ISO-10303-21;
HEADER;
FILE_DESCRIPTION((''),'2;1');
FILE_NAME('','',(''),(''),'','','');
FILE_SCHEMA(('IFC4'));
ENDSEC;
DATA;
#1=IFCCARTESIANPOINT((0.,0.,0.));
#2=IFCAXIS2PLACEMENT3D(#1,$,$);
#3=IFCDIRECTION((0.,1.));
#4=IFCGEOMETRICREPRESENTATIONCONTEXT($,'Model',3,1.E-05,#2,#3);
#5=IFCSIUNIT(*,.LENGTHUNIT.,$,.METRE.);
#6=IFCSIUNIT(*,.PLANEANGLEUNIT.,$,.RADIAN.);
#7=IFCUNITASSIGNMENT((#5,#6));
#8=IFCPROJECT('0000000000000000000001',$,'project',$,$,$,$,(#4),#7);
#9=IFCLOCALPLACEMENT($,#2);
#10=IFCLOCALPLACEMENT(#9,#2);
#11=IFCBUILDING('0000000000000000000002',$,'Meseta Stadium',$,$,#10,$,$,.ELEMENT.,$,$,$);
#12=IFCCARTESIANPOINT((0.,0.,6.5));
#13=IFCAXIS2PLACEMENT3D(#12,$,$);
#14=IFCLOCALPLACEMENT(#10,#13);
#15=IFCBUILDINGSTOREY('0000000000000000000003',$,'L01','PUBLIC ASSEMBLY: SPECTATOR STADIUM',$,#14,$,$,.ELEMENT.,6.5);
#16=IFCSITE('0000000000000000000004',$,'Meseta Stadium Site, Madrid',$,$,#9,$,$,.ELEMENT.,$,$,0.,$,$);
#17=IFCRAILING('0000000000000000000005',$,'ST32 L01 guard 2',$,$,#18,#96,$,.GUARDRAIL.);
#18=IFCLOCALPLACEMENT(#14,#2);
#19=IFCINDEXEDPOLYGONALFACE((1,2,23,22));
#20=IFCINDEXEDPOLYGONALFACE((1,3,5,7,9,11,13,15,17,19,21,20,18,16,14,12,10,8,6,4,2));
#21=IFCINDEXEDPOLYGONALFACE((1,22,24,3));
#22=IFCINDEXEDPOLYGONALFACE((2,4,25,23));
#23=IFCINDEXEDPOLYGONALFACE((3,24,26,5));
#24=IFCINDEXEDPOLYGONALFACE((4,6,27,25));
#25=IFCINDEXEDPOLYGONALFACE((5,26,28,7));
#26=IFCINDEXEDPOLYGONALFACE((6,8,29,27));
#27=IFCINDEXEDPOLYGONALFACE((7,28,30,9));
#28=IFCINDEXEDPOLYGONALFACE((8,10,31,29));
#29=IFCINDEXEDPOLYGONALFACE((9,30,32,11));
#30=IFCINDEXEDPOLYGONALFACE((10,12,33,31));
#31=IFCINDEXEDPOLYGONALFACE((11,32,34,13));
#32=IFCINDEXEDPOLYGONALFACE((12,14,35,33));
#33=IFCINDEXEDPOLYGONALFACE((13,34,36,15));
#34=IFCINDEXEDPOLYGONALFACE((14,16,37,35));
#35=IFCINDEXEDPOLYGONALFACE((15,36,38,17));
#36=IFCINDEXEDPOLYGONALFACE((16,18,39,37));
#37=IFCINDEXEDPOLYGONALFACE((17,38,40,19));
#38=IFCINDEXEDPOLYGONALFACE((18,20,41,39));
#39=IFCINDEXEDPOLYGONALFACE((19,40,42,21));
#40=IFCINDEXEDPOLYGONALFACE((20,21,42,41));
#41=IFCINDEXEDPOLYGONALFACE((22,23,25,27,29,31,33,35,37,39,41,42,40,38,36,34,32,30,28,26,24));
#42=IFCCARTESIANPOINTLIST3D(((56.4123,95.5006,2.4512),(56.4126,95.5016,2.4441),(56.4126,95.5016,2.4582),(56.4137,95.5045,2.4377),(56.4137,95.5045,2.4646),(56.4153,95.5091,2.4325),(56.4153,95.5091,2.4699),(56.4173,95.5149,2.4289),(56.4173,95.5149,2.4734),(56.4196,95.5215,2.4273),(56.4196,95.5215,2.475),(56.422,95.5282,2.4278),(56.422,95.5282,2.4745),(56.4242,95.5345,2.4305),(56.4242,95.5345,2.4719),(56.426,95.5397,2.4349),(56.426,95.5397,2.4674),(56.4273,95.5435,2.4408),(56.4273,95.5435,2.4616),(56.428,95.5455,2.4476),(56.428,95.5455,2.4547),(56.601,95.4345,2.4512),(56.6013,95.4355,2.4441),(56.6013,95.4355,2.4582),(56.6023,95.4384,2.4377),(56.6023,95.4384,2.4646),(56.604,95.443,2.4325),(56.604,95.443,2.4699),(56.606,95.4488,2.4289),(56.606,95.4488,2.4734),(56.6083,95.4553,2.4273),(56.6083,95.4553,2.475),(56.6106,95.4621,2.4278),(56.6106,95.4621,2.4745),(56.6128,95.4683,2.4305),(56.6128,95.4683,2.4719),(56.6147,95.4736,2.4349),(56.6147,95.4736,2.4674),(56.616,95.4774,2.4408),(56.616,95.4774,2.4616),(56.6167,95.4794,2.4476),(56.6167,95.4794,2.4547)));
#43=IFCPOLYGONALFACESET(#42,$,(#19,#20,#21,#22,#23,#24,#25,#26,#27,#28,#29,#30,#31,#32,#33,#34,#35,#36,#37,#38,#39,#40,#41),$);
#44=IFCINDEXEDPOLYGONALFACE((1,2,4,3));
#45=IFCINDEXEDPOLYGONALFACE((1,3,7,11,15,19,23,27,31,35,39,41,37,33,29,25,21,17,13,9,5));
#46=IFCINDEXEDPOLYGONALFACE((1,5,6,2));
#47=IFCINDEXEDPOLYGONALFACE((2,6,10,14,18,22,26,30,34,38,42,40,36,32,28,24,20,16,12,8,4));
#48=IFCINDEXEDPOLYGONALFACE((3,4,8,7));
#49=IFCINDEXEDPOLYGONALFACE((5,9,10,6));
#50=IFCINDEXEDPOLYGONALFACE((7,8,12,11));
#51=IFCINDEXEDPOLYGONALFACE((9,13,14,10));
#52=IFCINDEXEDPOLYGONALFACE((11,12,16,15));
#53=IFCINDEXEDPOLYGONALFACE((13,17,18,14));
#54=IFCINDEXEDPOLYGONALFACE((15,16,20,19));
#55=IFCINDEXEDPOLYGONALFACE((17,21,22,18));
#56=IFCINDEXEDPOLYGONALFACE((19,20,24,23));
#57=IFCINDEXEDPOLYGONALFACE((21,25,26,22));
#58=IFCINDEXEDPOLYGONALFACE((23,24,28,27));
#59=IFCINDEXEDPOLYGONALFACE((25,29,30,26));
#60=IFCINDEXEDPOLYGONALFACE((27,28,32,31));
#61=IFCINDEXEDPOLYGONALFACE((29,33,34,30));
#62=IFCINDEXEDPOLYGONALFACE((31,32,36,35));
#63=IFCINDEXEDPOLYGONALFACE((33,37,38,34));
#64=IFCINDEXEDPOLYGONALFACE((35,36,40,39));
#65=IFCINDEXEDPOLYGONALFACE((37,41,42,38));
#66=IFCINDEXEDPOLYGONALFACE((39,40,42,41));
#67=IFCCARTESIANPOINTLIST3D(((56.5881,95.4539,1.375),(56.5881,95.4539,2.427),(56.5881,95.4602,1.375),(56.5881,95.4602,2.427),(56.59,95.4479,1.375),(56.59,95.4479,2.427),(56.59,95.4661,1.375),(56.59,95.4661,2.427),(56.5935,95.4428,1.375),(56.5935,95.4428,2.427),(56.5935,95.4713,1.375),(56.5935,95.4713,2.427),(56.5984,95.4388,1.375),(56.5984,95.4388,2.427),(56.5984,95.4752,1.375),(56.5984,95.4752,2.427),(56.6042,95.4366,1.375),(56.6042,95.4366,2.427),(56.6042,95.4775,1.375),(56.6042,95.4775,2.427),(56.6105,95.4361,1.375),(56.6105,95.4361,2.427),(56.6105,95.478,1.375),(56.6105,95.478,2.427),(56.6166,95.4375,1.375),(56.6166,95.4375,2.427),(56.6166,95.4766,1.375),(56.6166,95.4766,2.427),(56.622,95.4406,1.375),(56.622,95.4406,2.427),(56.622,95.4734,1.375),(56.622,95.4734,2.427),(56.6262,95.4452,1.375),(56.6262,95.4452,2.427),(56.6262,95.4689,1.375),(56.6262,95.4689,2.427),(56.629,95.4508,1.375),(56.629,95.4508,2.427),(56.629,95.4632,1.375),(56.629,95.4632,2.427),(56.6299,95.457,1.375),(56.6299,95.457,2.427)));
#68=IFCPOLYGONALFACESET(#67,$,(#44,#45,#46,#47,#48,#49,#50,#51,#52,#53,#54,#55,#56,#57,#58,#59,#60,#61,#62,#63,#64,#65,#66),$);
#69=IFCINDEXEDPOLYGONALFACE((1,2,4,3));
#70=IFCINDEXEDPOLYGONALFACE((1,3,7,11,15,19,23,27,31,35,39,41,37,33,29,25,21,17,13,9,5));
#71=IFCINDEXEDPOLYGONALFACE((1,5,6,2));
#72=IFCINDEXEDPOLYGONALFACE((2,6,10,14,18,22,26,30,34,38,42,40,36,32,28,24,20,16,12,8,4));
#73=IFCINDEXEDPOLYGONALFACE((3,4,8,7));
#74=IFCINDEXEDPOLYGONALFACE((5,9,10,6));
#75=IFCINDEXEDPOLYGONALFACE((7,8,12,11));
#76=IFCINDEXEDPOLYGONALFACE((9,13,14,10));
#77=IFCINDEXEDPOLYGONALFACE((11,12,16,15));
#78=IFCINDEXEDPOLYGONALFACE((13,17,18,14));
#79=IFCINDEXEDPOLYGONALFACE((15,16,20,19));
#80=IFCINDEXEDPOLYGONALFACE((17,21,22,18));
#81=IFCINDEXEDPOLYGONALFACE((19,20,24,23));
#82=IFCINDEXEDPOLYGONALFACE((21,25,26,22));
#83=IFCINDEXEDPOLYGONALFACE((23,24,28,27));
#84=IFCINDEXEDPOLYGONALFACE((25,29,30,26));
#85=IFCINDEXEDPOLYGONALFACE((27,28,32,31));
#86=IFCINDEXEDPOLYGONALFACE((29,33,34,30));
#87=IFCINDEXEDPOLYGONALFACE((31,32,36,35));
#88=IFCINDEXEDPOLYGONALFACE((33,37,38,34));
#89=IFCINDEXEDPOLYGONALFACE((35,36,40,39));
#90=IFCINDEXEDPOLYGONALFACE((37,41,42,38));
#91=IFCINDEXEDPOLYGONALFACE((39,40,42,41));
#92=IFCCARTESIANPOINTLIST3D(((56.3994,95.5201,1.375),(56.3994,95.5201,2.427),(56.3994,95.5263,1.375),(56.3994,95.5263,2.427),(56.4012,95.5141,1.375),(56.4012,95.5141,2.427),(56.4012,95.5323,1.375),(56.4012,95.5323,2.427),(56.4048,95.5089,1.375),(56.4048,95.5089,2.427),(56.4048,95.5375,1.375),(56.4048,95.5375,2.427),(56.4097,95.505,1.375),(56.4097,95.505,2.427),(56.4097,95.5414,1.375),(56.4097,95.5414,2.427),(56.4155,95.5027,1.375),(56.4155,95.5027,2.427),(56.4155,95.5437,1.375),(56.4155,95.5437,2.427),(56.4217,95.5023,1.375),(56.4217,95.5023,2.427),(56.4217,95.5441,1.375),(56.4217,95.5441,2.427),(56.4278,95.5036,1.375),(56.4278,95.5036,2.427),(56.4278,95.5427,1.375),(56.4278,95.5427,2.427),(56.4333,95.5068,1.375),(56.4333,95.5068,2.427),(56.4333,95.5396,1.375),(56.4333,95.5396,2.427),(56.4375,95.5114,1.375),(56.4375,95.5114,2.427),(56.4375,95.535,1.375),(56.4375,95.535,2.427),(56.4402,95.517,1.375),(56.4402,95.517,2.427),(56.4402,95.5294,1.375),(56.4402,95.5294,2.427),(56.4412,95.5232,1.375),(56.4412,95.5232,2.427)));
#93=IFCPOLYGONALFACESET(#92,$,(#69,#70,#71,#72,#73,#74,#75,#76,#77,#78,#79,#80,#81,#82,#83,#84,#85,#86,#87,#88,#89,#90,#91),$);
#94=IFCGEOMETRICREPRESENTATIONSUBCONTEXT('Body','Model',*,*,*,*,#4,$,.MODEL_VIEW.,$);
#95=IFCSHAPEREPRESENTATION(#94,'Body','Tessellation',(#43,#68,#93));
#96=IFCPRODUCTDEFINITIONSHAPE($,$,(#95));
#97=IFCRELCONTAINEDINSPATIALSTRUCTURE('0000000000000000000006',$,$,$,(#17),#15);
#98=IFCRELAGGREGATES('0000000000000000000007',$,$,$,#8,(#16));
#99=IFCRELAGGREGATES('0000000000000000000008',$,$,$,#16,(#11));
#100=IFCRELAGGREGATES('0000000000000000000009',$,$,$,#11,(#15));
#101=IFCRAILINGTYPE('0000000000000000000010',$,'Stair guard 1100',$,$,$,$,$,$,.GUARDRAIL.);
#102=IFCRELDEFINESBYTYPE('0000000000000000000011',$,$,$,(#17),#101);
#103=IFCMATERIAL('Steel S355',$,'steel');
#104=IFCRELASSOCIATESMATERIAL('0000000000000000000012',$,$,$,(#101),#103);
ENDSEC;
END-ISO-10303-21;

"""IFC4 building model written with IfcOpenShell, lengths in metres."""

from ifc_helpers import new_model, si_unit, direction, frame, origin, origin_2d, place, context, subcontext, project, spatial, circle, extrude, material, type_object, element, save


model = new_model("IFC4")

# Units and contexts
model_context = context("Model", 3, precision=1e-05, world=origin(), true_north=direction((0.0, 1.0)))
body_context = subcontext(model_context, "Body", "Model", "MODEL_VIEW")
ifc_project = project(units=[si_unit("LENGTHUNIT", "METRE"), si_unit("PLANEANGLEUNIT", "RADIAN")], contexts=[model_context])

# Site, building, storey
site_placement = place(None, origin())
site = spatial("IfcSite", under=ifc_project, at=site_placement, Name="Meseta Stadium Site, Madrid", CompositionType="ELEMENT", RefElevation=0.0)
building_placement = place(site_placement, origin())
building = spatial("IfcBuilding", under=site, at=building_placement, Name="Meseta Stadium", CompositionType="ELEMENT")
storey_placement = place(building_placement, frame((0.0, 0.0, 6.5)))
storey = spatial("IfcBuildingStorey", under=building, at=storey_placement, Name="L01", Description="PUBLIC ASSEMBLY: SPECTATOR STADIUM", CompositionType="ELEMENT", Elevation=6.5)

# Railing
ifc_material_1 = material(Name="Steel S355", Category="steel")
railing_type_1 = type_object("IfcRailingType", Name="Stair guard 1100", PredefinedType="GUARDRAIL", material=ifc_material_1)
railing_1_placement = place(storey_placement, frame((56.6089, 95.457, 1.375)))
element("IfcRailing", 1, at=railing_1_placement, inside=storey, type_object=railing_type_1, Name="ST32 L01 guard 2", PredefinedType="GUARDRAIL", context=body_context, shape_type="SweptSolid", body=[
    extrude(circle(Radius=0.0239, at=origin_2d()), frame((0.0, 0.0, 1.0762), z_axis=(-0.943687, 0.33084, 0.0), x_axis=(-0.33084, -0.943687, 0.0)), (0.0, 0.0, 1.0), 0.2),
    extrude(circle(Radius=0.021, at=origin_2d()), origin(), (0.0, 0.0, 1.0), 1.052),
    extrude(circle(Radius=0.021, at=origin_2d()), frame((-0.1887, 0.0662, 0.0)), (0.0, 0.0, 1.0), 1.052),
])

save(model, "model.ifc")
